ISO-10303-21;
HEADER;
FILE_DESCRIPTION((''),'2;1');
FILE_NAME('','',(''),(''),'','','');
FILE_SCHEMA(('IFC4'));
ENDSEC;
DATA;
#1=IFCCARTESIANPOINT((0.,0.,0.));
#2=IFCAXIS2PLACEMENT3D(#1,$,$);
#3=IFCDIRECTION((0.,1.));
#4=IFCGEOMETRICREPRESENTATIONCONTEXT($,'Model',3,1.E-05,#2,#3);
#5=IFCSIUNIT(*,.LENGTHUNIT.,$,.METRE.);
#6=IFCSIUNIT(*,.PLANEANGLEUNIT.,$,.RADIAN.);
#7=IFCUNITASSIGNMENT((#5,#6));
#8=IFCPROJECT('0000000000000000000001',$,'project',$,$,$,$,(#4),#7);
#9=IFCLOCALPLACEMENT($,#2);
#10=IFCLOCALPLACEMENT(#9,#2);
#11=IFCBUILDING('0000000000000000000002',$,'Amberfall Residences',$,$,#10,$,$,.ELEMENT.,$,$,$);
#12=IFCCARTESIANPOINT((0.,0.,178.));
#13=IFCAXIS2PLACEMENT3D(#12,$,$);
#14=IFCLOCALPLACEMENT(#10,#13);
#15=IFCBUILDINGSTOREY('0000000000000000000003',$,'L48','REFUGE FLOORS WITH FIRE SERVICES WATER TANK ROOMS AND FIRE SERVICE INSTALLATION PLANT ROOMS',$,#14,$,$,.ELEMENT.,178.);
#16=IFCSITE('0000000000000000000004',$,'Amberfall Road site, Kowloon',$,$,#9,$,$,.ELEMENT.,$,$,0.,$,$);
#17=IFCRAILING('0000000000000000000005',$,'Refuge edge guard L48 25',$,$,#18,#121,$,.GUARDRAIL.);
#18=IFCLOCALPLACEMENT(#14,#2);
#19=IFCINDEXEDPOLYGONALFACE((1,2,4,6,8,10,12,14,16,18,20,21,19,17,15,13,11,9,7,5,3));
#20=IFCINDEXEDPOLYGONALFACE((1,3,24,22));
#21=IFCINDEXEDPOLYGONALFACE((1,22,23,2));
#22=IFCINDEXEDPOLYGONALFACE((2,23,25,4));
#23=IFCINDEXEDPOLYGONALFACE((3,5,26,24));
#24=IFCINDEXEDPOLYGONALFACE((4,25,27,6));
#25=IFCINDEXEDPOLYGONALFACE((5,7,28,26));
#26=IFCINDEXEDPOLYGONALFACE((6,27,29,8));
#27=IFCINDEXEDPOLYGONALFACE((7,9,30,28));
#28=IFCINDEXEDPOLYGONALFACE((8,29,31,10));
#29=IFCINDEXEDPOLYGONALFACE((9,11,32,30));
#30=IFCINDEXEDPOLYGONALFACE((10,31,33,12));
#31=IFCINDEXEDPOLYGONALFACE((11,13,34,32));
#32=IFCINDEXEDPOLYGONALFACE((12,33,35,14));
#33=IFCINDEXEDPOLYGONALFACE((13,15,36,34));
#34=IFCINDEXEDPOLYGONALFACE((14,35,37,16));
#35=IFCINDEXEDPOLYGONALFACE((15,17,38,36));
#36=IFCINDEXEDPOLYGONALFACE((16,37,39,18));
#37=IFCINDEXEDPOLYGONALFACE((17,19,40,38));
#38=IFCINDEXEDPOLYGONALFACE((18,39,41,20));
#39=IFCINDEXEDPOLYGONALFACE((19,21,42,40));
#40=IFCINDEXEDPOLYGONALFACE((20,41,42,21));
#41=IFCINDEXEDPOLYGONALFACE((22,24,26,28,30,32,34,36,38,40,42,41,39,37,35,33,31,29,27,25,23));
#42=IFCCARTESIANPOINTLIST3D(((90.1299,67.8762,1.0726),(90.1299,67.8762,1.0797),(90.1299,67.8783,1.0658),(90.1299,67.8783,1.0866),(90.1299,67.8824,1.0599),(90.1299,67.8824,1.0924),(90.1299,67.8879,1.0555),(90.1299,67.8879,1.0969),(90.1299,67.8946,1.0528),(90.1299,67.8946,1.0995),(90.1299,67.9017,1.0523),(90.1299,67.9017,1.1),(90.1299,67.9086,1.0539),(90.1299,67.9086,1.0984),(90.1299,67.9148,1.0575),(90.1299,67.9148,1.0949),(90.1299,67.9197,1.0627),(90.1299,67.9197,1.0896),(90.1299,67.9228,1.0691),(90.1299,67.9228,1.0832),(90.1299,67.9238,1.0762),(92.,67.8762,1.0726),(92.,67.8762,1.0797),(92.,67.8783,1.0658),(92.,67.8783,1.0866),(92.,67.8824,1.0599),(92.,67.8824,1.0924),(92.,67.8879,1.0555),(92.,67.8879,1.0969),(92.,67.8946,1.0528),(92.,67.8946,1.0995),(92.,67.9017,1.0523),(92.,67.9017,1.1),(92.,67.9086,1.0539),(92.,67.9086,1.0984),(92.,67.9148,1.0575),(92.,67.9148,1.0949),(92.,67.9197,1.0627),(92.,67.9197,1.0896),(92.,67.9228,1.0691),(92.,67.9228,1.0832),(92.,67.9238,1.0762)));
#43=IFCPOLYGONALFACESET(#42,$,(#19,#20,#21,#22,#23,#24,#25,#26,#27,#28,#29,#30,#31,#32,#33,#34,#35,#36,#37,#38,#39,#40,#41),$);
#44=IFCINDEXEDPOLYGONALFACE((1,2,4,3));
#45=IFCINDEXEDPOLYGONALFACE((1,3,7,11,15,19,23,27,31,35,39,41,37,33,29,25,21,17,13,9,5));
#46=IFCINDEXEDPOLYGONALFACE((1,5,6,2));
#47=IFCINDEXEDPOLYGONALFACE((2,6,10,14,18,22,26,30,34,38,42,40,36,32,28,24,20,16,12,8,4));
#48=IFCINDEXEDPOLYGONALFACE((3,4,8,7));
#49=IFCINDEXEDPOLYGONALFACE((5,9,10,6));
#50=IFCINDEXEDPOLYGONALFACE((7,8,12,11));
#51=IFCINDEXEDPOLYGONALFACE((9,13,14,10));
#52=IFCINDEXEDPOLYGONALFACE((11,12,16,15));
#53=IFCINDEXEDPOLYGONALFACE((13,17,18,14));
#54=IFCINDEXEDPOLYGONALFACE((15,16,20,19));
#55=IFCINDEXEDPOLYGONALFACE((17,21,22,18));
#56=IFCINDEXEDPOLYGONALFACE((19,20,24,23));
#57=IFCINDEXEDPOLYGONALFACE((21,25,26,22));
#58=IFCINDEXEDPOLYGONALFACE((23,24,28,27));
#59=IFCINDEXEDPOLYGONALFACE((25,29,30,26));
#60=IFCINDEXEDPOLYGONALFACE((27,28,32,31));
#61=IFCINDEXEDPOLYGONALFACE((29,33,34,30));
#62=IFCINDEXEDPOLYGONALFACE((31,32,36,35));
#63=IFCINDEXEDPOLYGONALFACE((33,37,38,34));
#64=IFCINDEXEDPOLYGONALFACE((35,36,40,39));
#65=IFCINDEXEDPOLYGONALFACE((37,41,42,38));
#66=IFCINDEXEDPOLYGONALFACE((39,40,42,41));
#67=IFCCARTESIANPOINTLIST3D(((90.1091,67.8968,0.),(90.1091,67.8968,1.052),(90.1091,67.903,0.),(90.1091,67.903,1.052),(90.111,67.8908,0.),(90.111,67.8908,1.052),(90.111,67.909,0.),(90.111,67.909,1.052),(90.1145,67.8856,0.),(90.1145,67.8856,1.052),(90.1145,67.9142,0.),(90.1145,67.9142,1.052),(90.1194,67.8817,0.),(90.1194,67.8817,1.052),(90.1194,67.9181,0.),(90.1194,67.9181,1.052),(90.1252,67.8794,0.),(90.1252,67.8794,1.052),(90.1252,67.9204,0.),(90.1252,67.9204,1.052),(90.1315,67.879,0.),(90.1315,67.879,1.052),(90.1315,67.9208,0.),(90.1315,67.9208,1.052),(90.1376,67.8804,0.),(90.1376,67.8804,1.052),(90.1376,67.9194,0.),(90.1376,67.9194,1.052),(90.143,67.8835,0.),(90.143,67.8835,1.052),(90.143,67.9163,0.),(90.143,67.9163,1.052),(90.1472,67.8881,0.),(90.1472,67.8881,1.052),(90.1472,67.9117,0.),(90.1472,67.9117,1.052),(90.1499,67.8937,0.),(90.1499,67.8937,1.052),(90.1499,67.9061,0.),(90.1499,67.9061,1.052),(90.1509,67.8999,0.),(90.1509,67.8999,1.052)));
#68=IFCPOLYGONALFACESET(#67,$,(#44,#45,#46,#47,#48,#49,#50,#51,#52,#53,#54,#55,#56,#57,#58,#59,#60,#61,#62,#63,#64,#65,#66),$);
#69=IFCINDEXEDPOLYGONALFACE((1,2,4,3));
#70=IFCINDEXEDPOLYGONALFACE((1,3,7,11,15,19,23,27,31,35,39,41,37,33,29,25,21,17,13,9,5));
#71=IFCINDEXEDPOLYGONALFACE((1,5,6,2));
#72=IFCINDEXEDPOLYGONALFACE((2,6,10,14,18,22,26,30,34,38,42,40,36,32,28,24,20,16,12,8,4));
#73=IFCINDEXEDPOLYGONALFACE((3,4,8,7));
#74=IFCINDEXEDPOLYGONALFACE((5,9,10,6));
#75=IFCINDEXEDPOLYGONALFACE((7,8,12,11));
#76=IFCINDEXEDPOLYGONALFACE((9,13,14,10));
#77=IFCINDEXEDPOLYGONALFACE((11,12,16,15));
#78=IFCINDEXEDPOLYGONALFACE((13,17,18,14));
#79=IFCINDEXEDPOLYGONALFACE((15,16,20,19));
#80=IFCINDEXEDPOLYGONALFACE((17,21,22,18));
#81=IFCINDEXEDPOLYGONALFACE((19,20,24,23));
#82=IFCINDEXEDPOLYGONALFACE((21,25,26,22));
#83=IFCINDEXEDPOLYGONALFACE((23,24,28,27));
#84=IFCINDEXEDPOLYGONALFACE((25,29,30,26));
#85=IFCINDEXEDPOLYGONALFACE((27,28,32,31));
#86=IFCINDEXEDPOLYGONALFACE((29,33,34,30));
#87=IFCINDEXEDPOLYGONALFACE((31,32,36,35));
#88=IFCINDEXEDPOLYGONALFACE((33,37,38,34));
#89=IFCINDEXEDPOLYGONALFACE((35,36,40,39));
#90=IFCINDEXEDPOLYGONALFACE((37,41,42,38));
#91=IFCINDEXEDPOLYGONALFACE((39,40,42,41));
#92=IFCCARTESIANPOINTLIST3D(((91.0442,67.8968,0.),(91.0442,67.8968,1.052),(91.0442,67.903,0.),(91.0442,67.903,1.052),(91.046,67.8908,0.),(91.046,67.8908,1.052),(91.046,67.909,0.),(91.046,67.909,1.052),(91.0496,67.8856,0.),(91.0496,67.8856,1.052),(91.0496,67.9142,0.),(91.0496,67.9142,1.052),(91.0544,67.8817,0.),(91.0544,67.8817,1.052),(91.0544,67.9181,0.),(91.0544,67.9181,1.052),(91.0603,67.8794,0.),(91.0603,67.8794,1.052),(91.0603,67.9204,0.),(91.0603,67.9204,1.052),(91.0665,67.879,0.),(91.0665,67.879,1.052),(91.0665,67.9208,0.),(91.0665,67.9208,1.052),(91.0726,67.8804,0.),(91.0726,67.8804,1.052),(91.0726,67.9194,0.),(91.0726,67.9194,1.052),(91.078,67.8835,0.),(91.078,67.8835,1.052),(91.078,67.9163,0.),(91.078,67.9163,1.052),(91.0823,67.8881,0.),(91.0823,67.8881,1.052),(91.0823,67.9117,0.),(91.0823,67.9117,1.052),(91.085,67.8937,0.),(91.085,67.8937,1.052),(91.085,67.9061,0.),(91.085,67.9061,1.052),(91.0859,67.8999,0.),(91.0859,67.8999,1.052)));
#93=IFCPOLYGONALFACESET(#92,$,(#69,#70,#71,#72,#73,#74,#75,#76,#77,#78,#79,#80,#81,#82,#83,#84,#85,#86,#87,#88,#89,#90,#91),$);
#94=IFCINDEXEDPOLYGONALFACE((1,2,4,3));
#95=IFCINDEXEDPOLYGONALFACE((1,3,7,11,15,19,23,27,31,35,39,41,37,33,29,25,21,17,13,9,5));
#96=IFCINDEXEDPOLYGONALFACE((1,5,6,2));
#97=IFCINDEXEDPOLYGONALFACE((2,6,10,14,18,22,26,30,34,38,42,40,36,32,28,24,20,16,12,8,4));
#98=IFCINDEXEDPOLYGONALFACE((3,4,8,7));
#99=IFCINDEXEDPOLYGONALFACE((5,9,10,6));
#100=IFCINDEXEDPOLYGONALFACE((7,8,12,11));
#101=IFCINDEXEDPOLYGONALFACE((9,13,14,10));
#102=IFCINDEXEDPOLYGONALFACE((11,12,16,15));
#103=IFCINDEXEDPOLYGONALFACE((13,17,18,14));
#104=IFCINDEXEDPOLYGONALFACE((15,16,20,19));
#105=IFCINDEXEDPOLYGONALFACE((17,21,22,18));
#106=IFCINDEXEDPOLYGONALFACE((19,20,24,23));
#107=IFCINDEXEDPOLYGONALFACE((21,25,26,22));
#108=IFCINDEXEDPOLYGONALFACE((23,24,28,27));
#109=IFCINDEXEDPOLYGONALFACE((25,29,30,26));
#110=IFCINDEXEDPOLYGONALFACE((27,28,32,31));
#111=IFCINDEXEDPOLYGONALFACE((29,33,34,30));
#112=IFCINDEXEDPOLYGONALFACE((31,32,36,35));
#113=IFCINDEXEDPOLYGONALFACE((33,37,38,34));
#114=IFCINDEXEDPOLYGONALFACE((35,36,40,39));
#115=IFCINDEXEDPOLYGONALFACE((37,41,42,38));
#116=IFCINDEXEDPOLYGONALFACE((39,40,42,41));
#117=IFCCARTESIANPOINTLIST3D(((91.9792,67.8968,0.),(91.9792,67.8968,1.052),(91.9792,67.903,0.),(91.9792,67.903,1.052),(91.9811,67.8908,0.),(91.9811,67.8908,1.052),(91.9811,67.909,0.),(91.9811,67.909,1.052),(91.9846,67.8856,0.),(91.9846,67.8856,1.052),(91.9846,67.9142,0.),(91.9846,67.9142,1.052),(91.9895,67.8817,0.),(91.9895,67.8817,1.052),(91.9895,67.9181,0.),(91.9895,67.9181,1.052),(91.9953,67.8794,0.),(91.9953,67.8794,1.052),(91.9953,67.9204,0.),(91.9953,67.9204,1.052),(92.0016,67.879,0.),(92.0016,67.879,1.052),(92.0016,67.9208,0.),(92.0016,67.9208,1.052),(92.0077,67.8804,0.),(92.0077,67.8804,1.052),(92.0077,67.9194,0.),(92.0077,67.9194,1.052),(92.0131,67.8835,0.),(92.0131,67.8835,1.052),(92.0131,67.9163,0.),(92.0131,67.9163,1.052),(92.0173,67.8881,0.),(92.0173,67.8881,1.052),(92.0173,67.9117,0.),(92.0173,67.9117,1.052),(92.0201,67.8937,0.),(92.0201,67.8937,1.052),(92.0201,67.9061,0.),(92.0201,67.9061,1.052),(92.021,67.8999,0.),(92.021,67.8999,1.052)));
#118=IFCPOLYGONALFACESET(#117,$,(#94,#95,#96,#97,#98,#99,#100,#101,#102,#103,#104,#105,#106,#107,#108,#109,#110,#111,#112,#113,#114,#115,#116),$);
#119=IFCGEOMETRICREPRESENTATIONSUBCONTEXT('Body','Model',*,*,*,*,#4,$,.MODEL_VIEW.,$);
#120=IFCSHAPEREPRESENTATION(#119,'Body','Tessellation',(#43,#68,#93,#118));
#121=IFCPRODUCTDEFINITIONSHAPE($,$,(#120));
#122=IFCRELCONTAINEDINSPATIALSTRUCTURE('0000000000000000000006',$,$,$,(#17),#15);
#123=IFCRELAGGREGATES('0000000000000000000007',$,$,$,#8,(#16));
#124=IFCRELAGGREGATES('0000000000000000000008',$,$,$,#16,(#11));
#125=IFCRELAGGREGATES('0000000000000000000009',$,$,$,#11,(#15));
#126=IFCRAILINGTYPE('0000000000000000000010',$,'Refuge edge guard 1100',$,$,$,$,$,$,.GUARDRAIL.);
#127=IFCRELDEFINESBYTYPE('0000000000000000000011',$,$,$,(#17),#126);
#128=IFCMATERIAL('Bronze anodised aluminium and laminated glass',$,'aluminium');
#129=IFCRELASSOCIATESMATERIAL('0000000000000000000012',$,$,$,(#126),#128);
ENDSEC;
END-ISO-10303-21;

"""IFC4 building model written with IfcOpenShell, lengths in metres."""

from ifc_helpers import new_model, si_unit, direction, frame, origin, origin_2d, place, context, subcontext, project, spatial, circle, extrude, material, type_object, element, save


model = new_model("IFC4")

# Units and contexts
model_context = context("Model", 3, precision=1e-05, world=origin(), true_north=direction((0.0, 1.0)))
body_context = subcontext(model_context, "Body", "Model", "MODEL_VIEW")
ifc_project = project(units=[si_unit("LENGTHUNIT", "METRE"), si_unit("PLANEANGLEUNIT", "RADIAN")], contexts=[model_context])

# Site, building, storey
site_placement = place(None, origin())
site = spatial("IfcSite", under=ifc_project, at=site_placement, Name="Amberfall Road site, Kowloon", CompositionType="ELEMENT", RefElevation=0.0)
building_placement = place(site_placement, origin())
building = spatial("IfcBuilding", under=site, at=building_placement, Name="Amberfall Residences", CompositionType="ELEMENT")
storey_placement = place(building_placement, frame((0.0, 0.0, 178.0)))
storey = spatial("IfcBuildingStorey", under=building, at=storey_placement, Name="L48", Description="REFUGE FLOORS WITH FIRE SERVICES WATER TANK ROOMS AND FIRE SERVICE INSTALLATION PLANT ROOMS", CompositionType="ELEMENT", Elevation=178.0)

# Railing
ifc_material_1 = material(Name="Bronze anodised aluminium and laminated glass", Category="aluminium")
railing_type = type_object("IfcRailingType", Name="Refuge edge guard 1100", PredefinedType="GUARDRAIL", material=ifc_material_1)
railing_1_placement = place(storey_placement, frame((90.1299, 67.8999, 0.0)))
element("IfcRailing", 1, at=railing_1_placement, inside=storey, type_object=railing_type, Name="Refuge edge guard L48 25", PredefinedType="GUARDRAIL", context=body_context, shape_type="SweptSolid", body=[
    extrude(circle(Radius=0.0239, at=origin_2d()), frame((0.0, 0.0, 1.0762), z_axis=(1.0, 0.0, 0.0), x_axis=(0.0, 1.0, 0.0)), (0.0, 0.0, 1.0), 1.8701),
    extrude(circle(Radius=0.021, at=origin_2d()), origin(), (0.0, 0.0, 1.0), 1.052),
    extrude(circle(Radius=0.021, at=origin_2d()), frame((0.9351, 0.0, 0.0)), (0.0, 0.0, 1.0), 1.052),
    extrude(circle(Radius=0.021, at=origin_2d()), frame((1.8701, 0.0, 0.0)), (0.0, 0.0, 1.0), 1.052),
])

save(model, "model.ifc")
